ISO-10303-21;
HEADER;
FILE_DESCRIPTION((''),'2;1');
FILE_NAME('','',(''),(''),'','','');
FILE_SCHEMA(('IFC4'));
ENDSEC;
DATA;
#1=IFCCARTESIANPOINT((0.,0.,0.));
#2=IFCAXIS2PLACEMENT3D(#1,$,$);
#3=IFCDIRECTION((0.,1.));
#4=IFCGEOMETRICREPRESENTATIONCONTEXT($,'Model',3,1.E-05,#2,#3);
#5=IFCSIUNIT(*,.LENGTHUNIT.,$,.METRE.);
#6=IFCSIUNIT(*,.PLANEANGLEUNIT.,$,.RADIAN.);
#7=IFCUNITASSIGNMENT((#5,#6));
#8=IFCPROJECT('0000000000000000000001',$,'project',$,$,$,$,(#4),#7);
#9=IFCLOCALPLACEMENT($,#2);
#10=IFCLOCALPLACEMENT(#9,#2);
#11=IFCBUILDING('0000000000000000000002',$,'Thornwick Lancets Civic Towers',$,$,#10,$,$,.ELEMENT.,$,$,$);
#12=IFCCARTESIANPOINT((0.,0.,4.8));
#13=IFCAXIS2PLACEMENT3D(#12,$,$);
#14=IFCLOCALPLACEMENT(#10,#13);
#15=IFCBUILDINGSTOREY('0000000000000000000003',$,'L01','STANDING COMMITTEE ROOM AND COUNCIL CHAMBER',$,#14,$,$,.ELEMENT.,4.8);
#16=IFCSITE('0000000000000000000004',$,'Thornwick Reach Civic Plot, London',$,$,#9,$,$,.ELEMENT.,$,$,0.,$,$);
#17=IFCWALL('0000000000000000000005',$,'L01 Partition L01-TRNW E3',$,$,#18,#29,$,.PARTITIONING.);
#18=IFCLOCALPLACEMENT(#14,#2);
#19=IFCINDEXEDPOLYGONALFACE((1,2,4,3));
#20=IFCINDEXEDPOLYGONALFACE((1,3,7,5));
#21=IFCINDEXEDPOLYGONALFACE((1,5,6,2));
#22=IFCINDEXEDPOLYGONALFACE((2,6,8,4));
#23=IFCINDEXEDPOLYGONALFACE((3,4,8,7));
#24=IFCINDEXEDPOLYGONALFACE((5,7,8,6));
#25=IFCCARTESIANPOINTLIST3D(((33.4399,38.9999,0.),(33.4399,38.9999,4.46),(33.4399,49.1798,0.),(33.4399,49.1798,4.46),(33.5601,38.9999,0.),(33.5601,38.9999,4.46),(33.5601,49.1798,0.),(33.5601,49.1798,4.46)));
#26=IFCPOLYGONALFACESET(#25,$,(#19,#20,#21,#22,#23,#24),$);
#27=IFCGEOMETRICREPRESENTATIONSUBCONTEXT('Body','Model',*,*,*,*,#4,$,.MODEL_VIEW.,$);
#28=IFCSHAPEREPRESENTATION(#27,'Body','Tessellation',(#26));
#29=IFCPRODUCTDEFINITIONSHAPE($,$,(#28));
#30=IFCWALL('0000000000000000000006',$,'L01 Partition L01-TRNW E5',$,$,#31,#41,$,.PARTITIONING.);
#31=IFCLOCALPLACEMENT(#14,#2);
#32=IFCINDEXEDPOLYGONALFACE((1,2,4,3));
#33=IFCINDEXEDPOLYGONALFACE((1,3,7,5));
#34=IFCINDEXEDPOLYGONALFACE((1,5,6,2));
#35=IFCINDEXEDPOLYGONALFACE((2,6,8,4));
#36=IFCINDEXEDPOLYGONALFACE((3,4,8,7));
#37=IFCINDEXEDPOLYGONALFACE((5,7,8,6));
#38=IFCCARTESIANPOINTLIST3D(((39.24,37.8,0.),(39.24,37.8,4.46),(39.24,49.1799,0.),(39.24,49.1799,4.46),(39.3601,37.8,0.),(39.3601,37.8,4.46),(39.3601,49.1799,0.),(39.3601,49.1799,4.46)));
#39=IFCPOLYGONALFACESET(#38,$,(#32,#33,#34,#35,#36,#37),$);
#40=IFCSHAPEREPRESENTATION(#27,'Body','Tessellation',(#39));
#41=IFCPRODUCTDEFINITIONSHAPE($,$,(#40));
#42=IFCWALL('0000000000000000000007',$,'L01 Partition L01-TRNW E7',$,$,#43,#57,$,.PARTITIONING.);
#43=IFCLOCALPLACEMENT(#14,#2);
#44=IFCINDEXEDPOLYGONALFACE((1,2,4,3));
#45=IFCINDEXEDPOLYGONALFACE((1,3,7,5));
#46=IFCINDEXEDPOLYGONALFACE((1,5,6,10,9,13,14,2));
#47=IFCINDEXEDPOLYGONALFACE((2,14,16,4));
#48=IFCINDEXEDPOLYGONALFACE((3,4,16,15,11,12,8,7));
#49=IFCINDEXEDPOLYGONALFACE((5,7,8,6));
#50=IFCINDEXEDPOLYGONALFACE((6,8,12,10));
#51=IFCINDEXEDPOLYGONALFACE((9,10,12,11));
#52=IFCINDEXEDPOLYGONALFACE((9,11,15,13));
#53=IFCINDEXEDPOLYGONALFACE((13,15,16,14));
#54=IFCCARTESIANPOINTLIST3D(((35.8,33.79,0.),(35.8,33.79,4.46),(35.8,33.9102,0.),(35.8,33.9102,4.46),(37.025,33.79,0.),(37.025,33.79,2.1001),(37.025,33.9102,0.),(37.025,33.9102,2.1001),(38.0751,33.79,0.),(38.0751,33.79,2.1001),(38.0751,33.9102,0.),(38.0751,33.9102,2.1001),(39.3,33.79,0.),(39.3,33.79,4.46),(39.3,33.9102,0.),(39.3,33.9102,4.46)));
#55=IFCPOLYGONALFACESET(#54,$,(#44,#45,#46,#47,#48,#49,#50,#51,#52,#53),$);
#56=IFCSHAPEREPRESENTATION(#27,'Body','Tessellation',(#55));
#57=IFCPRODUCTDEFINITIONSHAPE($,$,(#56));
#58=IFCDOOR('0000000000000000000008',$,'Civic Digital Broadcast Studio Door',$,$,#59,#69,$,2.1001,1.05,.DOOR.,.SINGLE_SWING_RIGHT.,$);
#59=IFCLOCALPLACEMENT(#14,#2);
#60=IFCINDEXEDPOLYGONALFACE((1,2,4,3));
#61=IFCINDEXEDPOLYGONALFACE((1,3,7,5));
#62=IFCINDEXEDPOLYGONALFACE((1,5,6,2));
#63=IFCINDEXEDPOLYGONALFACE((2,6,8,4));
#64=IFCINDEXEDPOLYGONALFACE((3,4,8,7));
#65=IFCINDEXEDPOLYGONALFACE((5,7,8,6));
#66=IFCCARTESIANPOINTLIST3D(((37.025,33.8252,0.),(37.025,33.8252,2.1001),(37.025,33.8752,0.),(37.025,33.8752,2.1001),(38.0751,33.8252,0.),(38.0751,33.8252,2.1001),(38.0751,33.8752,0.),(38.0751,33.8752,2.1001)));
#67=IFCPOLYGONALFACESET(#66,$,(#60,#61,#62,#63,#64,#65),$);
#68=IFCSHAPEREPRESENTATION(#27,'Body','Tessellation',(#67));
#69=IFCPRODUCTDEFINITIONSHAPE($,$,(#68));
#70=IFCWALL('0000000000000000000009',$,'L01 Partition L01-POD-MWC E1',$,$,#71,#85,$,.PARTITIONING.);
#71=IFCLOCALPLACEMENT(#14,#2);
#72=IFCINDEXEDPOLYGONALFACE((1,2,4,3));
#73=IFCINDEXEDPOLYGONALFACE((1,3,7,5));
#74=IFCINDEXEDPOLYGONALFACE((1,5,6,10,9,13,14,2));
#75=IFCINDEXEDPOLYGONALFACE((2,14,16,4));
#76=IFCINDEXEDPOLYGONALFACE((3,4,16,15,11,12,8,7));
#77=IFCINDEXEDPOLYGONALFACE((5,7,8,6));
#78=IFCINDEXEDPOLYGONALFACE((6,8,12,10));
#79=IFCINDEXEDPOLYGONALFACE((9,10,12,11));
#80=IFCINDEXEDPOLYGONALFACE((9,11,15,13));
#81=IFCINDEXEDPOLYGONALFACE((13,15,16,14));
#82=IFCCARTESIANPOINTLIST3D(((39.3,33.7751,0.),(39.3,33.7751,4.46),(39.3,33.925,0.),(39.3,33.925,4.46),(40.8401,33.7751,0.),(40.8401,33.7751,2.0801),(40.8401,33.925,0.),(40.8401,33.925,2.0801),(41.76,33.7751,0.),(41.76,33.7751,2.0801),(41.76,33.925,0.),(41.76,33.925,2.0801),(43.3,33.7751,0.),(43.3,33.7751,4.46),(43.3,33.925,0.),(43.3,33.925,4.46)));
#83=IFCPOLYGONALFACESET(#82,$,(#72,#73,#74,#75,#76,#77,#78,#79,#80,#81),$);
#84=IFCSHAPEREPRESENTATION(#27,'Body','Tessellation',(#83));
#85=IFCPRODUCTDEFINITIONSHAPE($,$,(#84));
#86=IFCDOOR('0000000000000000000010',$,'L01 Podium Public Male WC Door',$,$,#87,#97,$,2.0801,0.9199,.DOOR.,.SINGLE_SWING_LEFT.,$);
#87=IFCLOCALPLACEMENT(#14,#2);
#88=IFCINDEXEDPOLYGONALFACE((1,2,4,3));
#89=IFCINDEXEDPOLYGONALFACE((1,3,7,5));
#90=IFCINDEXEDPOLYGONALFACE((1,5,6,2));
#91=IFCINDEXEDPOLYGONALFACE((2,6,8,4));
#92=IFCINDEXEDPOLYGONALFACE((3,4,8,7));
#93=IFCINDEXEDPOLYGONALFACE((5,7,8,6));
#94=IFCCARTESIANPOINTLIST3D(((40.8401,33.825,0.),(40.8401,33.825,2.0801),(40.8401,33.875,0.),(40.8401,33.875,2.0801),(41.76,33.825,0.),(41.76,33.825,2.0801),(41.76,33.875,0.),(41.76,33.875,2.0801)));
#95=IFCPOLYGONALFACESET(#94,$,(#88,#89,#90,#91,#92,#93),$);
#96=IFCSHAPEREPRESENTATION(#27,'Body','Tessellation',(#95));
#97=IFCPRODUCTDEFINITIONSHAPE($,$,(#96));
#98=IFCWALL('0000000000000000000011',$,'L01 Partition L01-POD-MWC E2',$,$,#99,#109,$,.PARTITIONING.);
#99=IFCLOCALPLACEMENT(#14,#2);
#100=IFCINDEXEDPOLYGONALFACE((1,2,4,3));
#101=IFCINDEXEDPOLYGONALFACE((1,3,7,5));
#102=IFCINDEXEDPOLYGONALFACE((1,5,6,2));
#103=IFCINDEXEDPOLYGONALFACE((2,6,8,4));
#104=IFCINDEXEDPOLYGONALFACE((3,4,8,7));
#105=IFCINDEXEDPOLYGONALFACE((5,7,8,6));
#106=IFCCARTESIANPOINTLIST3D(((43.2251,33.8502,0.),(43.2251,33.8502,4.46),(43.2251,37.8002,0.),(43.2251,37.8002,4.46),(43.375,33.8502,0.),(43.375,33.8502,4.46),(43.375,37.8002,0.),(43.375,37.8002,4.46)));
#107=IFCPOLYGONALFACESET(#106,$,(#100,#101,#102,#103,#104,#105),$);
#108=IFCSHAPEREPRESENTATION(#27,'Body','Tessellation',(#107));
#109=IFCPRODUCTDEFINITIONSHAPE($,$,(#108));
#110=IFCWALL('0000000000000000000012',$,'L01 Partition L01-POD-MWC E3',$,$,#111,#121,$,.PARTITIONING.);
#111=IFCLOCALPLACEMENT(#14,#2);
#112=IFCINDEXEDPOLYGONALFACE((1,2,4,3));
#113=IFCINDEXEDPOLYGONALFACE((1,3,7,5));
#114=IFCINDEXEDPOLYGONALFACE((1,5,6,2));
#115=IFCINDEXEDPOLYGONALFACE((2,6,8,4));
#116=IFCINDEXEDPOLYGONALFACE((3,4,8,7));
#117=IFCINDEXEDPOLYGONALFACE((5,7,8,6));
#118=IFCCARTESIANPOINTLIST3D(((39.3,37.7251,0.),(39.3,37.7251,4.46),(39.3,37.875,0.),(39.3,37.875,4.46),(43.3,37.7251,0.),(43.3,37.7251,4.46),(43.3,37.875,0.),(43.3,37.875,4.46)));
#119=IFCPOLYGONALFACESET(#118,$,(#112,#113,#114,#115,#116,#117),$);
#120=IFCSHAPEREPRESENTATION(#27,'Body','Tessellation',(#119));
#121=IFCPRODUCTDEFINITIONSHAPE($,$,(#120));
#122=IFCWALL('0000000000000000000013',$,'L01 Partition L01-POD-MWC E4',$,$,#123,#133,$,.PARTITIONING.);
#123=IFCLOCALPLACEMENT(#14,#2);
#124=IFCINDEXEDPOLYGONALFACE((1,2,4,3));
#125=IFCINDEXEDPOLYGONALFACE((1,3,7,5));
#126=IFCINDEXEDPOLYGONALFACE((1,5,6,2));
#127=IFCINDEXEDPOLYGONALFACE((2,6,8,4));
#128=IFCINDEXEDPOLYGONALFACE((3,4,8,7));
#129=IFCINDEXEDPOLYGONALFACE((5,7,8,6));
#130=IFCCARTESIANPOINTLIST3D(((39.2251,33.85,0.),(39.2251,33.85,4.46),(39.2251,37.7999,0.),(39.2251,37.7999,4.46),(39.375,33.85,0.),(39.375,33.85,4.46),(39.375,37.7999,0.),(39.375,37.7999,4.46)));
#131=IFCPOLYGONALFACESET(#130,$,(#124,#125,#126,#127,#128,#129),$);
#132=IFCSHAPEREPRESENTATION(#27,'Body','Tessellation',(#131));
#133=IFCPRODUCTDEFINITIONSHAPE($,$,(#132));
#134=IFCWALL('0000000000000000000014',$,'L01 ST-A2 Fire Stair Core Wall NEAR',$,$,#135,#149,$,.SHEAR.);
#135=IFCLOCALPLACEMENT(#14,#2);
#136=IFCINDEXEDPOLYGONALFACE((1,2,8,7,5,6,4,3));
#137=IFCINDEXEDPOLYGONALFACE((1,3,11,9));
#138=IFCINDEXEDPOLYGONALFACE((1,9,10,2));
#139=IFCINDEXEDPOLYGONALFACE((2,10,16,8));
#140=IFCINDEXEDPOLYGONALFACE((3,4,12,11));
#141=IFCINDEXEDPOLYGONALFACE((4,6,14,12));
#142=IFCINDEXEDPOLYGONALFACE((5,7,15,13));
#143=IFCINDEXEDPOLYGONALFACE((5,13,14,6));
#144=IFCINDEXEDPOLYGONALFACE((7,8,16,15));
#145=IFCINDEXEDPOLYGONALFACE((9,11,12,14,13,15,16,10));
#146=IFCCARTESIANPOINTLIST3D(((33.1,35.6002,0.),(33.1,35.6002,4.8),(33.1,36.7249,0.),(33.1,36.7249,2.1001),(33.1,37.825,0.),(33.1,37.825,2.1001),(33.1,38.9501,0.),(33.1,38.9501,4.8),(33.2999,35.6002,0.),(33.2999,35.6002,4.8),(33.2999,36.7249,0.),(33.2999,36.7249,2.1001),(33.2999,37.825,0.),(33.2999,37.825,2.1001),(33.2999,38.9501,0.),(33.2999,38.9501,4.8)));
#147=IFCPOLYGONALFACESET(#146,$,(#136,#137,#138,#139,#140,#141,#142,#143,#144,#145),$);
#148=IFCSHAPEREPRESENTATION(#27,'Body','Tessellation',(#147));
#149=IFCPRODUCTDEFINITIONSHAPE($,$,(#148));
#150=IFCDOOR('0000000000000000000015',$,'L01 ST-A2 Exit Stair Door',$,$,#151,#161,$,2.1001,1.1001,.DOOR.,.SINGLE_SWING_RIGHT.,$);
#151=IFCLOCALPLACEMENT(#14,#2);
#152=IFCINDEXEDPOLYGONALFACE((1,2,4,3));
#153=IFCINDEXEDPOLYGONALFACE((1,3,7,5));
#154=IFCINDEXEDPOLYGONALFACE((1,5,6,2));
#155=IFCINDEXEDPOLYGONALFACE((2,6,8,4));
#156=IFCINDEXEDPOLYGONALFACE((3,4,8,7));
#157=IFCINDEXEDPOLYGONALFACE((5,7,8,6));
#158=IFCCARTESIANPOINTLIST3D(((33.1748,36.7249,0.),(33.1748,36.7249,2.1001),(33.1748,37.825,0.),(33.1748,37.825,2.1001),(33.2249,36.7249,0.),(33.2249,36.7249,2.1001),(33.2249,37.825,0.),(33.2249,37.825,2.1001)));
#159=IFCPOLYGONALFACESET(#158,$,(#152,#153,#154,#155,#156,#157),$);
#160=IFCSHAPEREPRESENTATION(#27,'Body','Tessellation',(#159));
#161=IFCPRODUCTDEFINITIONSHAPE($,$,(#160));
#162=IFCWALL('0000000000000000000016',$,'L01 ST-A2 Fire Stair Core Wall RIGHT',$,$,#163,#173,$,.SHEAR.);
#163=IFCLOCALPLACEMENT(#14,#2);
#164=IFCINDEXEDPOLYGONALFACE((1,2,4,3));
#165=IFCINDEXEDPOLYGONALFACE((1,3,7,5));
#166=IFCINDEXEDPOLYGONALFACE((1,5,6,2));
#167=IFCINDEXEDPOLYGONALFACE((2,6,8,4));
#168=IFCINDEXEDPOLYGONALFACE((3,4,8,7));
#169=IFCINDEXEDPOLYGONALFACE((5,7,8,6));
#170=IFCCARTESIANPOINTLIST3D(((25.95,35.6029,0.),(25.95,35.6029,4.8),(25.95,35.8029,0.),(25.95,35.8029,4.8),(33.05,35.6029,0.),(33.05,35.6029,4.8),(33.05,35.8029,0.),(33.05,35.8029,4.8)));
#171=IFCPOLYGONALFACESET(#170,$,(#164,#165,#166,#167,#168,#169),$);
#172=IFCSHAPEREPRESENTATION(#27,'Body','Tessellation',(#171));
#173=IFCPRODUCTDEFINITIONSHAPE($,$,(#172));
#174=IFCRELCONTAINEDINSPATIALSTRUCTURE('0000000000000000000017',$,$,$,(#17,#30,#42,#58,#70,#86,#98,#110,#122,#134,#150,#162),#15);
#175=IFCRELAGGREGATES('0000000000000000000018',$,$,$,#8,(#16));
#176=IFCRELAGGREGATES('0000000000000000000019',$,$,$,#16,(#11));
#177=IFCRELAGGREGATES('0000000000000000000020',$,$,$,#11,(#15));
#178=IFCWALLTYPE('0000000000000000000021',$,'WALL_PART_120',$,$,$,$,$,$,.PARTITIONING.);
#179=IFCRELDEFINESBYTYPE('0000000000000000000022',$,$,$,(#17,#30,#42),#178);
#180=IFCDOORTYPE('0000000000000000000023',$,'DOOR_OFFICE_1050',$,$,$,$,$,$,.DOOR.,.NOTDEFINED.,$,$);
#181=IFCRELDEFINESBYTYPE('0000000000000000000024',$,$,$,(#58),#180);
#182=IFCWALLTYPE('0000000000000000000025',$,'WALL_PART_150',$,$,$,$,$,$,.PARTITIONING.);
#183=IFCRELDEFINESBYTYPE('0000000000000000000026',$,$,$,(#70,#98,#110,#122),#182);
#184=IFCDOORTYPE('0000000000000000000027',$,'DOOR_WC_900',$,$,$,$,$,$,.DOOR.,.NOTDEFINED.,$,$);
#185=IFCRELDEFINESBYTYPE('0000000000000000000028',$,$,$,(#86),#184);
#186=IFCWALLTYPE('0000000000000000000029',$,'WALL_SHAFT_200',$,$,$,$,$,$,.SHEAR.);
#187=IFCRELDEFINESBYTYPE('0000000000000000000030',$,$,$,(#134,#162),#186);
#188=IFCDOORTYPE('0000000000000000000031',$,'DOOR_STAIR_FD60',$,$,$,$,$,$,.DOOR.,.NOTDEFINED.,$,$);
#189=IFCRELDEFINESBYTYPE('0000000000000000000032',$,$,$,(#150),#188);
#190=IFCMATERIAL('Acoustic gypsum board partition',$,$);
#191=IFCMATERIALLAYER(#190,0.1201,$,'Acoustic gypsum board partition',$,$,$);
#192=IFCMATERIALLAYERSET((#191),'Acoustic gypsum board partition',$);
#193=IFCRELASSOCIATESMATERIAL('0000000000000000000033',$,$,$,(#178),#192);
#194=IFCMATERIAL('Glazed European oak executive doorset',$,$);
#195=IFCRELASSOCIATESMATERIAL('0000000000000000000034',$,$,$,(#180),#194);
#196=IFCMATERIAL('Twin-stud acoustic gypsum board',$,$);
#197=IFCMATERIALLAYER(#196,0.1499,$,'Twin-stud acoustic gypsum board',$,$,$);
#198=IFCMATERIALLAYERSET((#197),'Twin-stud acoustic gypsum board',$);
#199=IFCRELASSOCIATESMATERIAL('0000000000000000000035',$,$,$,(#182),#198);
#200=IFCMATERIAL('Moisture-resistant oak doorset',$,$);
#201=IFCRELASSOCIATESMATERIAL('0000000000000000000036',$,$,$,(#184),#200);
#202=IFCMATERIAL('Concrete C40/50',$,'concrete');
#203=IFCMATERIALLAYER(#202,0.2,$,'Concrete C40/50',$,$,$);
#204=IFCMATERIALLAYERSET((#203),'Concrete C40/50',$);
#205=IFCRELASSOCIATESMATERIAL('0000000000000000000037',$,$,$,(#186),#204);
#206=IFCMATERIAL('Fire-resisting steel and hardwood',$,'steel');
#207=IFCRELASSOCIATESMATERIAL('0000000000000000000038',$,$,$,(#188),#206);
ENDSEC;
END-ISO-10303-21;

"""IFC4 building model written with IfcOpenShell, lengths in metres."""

from ifc_helpers import new_model, si_unit, direction, frame, frame_2d, origin, place, context, subcontext, project, spatial, rectangle, extrude, material, layer, layer_set, type_object, element, fill, save


model = new_model("IFC4")

# Units and contexts
model_context = context("Model", 3, precision=1e-05, world=origin(), true_north=direction((0.0, 1.0)))
body_context = subcontext(model_context, "Body", "Model", "MODEL_VIEW")
ifc_project = project(units=[si_unit("LENGTHUNIT", "METRE"), si_unit("PLANEANGLEUNIT", "RADIAN")], contexts=[model_context])

# Site, building, storey
site_placement = place(None, origin())
site = spatial("IfcSite", under=ifc_project, at=site_placement, Name="Thornwick Reach Civic Plot, London", CompositionType="ELEMENT", RefElevation=0.0)
building_placement = place(site_placement, origin())
building = spatial("IfcBuilding", under=site, at=building_placement, Name="Thornwick Lancets Civic Towers", CompositionType="ELEMENT")
storey_placement = place(building_placement, frame((0.0, 0.0, 4.8)))
storey = spatial("IfcBuildingStorey", under=building, at=storey_placement, Name="L01", Description="STANDING COMMITTEE ROOM AND COUNCIL CHAMBER", CompositionType="ELEMENT", Elevation=4.8)

# Shared definitions
ifc_material_1 = material(Name="Concrete C40/50", Category="concrete")

# Walls
ifc_material_2 = material(Name="Acoustic gypsum board partition")
ifc_layer_1 = layer(ifc_material_2, 0.1201, Name="Acoustic gypsum board partition")
ifc_layer_set_1 = layer_set([ifc_layer_1], Name="Acoustic gypsum board partition")
wall_type_1 = type_object("IfcWallType", Name="WALL_PART_120", PredefinedType="PARTITIONING", material=ifc_layer_set_1)
wall_1_placement = place(storey_placement, frame((33.5, 39.0, 0.0), z_axis=(0.0, 0.0, 1.0), x_axis=(0.0, 1.0, 0.0)))
element("IfcWall", 1, at=wall_1_placement, inside=storey, type_object=wall_type_1, Name="L01 Partition L01-TRNW E3", PredefinedType="PARTITIONING", context=body_context, shape_type="SweptSolid", body=[
    extrude(rectangle(XDim=10.1799, YDim=0.1201, at=frame_2d((5.0898, 0.0))), origin(), (0.0, 0.0, 1.0), 4.46),
])
wall_2_placement = place(storey_placement, frame((39.3, 49.1799, 0.0), z_axis=(0.0, 0.0, 1.0), x_axis=(0.0, -1.0, 0.0)))
element("IfcWall", 2, at=wall_2_placement, inside=storey, type_object=wall_type_1, Name="L01 Partition L01-TRNW E5", PredefinedType="PARTITIONING", context=body_context, shape_type="SweptSolid", body=[
    extrude(rectangle(XDim=11.3799, YDim=0.1201, at=frame_2d((5.6899, 0.0))), origin(), (0.0, 0.0, 1.0), 4.46),
])

# Walls, openings, doors
wall_3_placement = place(storey_placement, frame((39.3, 33.8501, 0.0), z_axis=(0.0, 0.0, 1.0), x_axis=(-1.0, 0.0, 0.0)))
wall_3 = element("IfcWall", 3, at=wall_3_placement, inside=storey, type_object=wall_type_1, Name="L01 Partition L01-TRNW E7", PredefinedType="PARTITIONING", context=body_context, shape_type="SweptSolid", body=[
    extrude(rectangle(XDim=3.5, YDim=0.1201, at=frame_2d((1.75, 0.0))), origin(), (0.0, 0.0, 1.0), 4.46),
])
opening_1_placement = place(wall_3_placement, frame((1.2251, 0.0, 0.0)))
opening_1 = element("IfcOpeningElement", 4, at=opening_1_placement, cuts=wall_3, PredefinedType="OPENING", context=body_context, shape_type="SweptSolid", body=[
    extrude(rectangle(XDim=1.05, YDim=2.1001, at=frame_2d((0.5249, 1.05))), frame((0.0, 0.0701, 0.0), z_axis=(0.0, -1.0, 0.0), x_axis=(1.0, 0.0, 0.0)), (0.0, 0.0, 1.0), 0.1401),
])
ifc_material_3 = material(Name="Glazed European oak executive doorset")
door_type_1 = type_object("IfcDoorType", Name="DOOR_OFFICE_1050", OperationType="NOTDEFINED", PredefinedType="DOOR", material=ifc_material_3)
door_1_placement = place(opening_1_placement, origin())
door_1 = element("IfcDoor", 5, at=door_1_placement, inside=storey, type_object=door_type_1, Name="Civic Digital Broadcast Studio Door", OperationType="SINGLE_SWING_RIGHT", OverallHeight=2.1001, OverallWidth=1.05, PredefinedType="DOOR", context=body_context, shape_type="SweptSolid", body=[
    extrude(rectangle(XDim=1.05, YDim=2.1001, at=frame_2d((0.5249, 1.05))), frame((0.0, 0.0249, 0.0), z_axis=(0.0, -1.0, 0.0), x_axis=(1.0, 0.0, 0.0)), (0.0, 0.0, 1.0), 0.05),
])
fill(opening_1, door_1)
ifc_material_4 = material(Name="Twin-stud acoustic gypsum board")
ifc_layer_2 = layer(ifc_material_4, 0.1499, Name="Twin-stud acoustic gypsum board")
ifc_layer_set_2 = layer_set([ifc_layer_2], Name="Twin-stud acoustic gypsum board")
wall_type_2 = type_object("IfcWallType", Name="WALL_PART_150", PredefinedType="PARTITIONING", material=ifc_layer_set_2)
wall_4_placement = place(storey_placement, frame((39.3, 33.8501, 0.0), z_axis=(0.0, 0.0, 1.0), x_axis=(1.0, 0.0, 0.0)))
wall_4 = element("IfcWall", 6, at=wall_4_placement, inside=storey, type_object=wall_type_2, Name="L01 Partition L01-POD-MWC E1", PredefinedType="PARTITIONING", context=body_context, shape_type="SweptSolid", body=[
    extrude(rectangle(XDim=4.0, YDim=0.1499, at=frame_2d((2.0, 0.0))), origin(), (0.0, 0.0, 1.0), 4.46),
])
opening_2_placement = place(wall_4_placement, frame((1.54, 0.0, 0.0)))
opening_2 = element("IfcOpeningElement", 7, at=opening_2_placement, cuts=wall_4, PredefinedType="OPENING", context=body_context, shape_type="SweptSolid", body=[
    extrude(rectangle(XDim=0.9199, YDim=2.0801, at=frame_2d((0.46, 1.04))), frame((0.0, 0.085, 0.0), z_axis=(0.0, -1.0, 0.0), x_axis=(1.0, 0.0, 0.0)), (0.0, 0.0, 1.0), 0.1699),
])
ifc_material_5 = material(Name="Moisture-resistant oak doorset")
door_type_2 = type_object("IfcDoorType", Name="DOOR_WC_900", OperationType="NOTDEFINED", PredefinedType="DOOR", material=ifc_material_5)
door_2_placement = place(opening_2_placement, origin())
door_2 = element("IfcDoor", 8, at=door_2_placement, inside=storey, type_object=door_type_2, Name="L01 Podium Public Male WC Door", OperationType="SINGLE_SWING_LEFT", OverallHeight=2.0801, OverallWidth=0.9199, PredefinedType="DOOR", context=body_context, shape_type="SweptSolid", body=[
    extrude(rectangle(XDim=0.9199, YDim=2.0801, at=frame_2d((0.46, 1.04))), frame((0.0, 0.0249, 0.0), z_axis=(0.0, -1.0, 0.0), x_axis=(1.0, 0.0, 0.0)), (0.0, 0.0, 1.0), 0.05),
])
fill(opening_2, door_2)

# Walls
wall_5_placement = place(storey_placement, frame((43.3, 33.8501, 0.0), z_axis=(0.0, 0.0, 1.0), x_axis=(0.0, 1.0, 0.0)))
element("IfcWall", 9, at=wall_5_placement, inside=storey, type_object=wall_type_2, Name="L01 Partition L01-POD-MWC E2", PredefinedType="PARTITIONING", context=body_context, shape_type="SweptSolid", body=[
    extrude(rectangle(XDim=3.95, YDim=0.1499, at=frame_2d((1.9751, 0.0))), origin(), (0.0, 0.0, 1.0), 4.46),
])
wall_6_placement = place(storey_placement, frame((43.3, 37.8, 0.0), z_axis=(0.0, 0.0, 1.0), x_axis=(-1.0, 0.0, 0.0)))
element("IfcWall", 10, at=wall_6_placement, inside=storey, type_object=wall_type_2, Name="L01 Partition L01-POD-MWC E3", PredefinedType="PARTITIONING", context=body_context, shape_type="SweptSolid", body=[
    extrude(rectangle(XDim=4.0, YDim=0.1499, at=frame_2d((2.0, 0.0))), origin(), (0.0, 0.0, 1.0), 4.46),
])
wall_7_placement = place(storey_placement, frame((39.3, 37.8, 0.0), z_axis=(0.0, 0.0, 1.0), x_axis=(0.0, -1.0, 0.0)))
element("IfcWall", 11, at=wall_7_placement, inside=storey, type_object=wall_type_2, Name="L01 Partition L01-POD-MWC E4", PredefinedType="PARTITIONING", context=body_context, shape_type="SweptSolid", body=[
    extrude(rectangle(XDim=3.95, YDim=0.1499, at=frame_2d((1.9751, 0.0))), origin(), (0.0, 0.0, 1.0), 4.46),
])

# Wall, opening, door
ifc_layer_3 = layer(ifc_material_1, 0.2, Name="Concrete C40/50")
ifc_layer_set_3 = layer_set([ifc_layer_3], Name="Concrete C40/50")
wall_type_3 = type_object("IfcWallType", Name="WALL_SHAFT_200", PredefinedType="SHEAR", material=ifc_layer_set_3)
wall_8_placement = place(storey_placement, frame((33.2, 38.95, 0.0), z_axis=(0.0, 0.0, 1.0), x_axis=(0.0, -1.0, 0.0)))
wall_8 = element("IfcWall", 12, at=wall_8_placement, inside=storey, type_object=wall_type_3, Name="L01 ST-A2 Fire Stair Core Wall NEAR", PredefinedType="SHEAR", context=body_context, shape_type="SweptSolid", body=[
    extrude(rectangle(XDim=3.3499, YDim=0.2, at=frame_2d((1.6748, 0.0))), origin(), (0.0, 0.0, 1.0), 4.8),
])
opening_3_placement = place(wall_8_placement, frame((1.125, 0.0, 0.0)))
opening_3 = element("IfcOpeningElement", 13, at=opening_3_placement, cuts=wall_8, PredefinedType="OPENING", context=body_context, shape_type="SweptSolid", body=[
    extrude(rectangle(XDim=1.1001, YDim=2.1001, at=frame_2d((0.55, 1.05))), frame((0.0, 0.1099, 0.0), z_axis=(0.0, -1.0, 0.0), x_axis=(1.0, 0.0, 0.0)), (0.0, 0.0, 1.0), 0.22),
])
ifc_material_6 = material(Name="Fire-resisting steel and hardwood", Category="steel")
door_type_3 = type_object("IfcDoorType", Name="DOOR_STAIR_FD60", OperationType="NOTDEFINED", PredefinedType="DOOR", material=ifc_material_6)
door_3_placement = place(opening_3_placement, origin())
door_3 = element("IfcDoor", 14, at=door_3_placement, inside=storey, type_object=door_type_3, Name="L01 ST-A2 Exit Stair Door", OperationType="SINGLE_SWING_RIGHT", OverallHeight=2.1001, OverallWidth=1.1001, PredefinedType="DOOR", context=body_context, shape_type="SweptSolid", body=[
    extrude(rectangle(XDim=1.1001, YDim=2.1001, at=frame_2d((0.55, 1.05))), frame((0.0, 0.0249, 0.0), z_axis=(0.0, -1.0, 0.0), x_axis=(1.0, 0.0, 0.0)), (0.0, 0.0, 1.0), 0.05),
])
fill(opening_3, door_3)

# Wall
wall_9_placement = place(storey_placement, frame((25.95, 35.7029, 0.0), z_axis=(0.0, 0.0, 1.0), x_axis=(1.0, 0.0, 0.0)))
element("IfcWall", 15, at=wall_9_placement, inside=storey, type_object=wall_type_3, Name="L01 ST-A2 Fire Stair Core Wall RIGHT", PredefinedType="SHEAR", context=body_context, shape_type="SweptSolid", body=[
    extrude(rectangle(XDim=7.1001, YDim=0.2, at=frame_2d((3.55, 0.0))), origin(), (0.0, 0.0, 1.0), 4.8),
])

save(model, "model.ifc")
